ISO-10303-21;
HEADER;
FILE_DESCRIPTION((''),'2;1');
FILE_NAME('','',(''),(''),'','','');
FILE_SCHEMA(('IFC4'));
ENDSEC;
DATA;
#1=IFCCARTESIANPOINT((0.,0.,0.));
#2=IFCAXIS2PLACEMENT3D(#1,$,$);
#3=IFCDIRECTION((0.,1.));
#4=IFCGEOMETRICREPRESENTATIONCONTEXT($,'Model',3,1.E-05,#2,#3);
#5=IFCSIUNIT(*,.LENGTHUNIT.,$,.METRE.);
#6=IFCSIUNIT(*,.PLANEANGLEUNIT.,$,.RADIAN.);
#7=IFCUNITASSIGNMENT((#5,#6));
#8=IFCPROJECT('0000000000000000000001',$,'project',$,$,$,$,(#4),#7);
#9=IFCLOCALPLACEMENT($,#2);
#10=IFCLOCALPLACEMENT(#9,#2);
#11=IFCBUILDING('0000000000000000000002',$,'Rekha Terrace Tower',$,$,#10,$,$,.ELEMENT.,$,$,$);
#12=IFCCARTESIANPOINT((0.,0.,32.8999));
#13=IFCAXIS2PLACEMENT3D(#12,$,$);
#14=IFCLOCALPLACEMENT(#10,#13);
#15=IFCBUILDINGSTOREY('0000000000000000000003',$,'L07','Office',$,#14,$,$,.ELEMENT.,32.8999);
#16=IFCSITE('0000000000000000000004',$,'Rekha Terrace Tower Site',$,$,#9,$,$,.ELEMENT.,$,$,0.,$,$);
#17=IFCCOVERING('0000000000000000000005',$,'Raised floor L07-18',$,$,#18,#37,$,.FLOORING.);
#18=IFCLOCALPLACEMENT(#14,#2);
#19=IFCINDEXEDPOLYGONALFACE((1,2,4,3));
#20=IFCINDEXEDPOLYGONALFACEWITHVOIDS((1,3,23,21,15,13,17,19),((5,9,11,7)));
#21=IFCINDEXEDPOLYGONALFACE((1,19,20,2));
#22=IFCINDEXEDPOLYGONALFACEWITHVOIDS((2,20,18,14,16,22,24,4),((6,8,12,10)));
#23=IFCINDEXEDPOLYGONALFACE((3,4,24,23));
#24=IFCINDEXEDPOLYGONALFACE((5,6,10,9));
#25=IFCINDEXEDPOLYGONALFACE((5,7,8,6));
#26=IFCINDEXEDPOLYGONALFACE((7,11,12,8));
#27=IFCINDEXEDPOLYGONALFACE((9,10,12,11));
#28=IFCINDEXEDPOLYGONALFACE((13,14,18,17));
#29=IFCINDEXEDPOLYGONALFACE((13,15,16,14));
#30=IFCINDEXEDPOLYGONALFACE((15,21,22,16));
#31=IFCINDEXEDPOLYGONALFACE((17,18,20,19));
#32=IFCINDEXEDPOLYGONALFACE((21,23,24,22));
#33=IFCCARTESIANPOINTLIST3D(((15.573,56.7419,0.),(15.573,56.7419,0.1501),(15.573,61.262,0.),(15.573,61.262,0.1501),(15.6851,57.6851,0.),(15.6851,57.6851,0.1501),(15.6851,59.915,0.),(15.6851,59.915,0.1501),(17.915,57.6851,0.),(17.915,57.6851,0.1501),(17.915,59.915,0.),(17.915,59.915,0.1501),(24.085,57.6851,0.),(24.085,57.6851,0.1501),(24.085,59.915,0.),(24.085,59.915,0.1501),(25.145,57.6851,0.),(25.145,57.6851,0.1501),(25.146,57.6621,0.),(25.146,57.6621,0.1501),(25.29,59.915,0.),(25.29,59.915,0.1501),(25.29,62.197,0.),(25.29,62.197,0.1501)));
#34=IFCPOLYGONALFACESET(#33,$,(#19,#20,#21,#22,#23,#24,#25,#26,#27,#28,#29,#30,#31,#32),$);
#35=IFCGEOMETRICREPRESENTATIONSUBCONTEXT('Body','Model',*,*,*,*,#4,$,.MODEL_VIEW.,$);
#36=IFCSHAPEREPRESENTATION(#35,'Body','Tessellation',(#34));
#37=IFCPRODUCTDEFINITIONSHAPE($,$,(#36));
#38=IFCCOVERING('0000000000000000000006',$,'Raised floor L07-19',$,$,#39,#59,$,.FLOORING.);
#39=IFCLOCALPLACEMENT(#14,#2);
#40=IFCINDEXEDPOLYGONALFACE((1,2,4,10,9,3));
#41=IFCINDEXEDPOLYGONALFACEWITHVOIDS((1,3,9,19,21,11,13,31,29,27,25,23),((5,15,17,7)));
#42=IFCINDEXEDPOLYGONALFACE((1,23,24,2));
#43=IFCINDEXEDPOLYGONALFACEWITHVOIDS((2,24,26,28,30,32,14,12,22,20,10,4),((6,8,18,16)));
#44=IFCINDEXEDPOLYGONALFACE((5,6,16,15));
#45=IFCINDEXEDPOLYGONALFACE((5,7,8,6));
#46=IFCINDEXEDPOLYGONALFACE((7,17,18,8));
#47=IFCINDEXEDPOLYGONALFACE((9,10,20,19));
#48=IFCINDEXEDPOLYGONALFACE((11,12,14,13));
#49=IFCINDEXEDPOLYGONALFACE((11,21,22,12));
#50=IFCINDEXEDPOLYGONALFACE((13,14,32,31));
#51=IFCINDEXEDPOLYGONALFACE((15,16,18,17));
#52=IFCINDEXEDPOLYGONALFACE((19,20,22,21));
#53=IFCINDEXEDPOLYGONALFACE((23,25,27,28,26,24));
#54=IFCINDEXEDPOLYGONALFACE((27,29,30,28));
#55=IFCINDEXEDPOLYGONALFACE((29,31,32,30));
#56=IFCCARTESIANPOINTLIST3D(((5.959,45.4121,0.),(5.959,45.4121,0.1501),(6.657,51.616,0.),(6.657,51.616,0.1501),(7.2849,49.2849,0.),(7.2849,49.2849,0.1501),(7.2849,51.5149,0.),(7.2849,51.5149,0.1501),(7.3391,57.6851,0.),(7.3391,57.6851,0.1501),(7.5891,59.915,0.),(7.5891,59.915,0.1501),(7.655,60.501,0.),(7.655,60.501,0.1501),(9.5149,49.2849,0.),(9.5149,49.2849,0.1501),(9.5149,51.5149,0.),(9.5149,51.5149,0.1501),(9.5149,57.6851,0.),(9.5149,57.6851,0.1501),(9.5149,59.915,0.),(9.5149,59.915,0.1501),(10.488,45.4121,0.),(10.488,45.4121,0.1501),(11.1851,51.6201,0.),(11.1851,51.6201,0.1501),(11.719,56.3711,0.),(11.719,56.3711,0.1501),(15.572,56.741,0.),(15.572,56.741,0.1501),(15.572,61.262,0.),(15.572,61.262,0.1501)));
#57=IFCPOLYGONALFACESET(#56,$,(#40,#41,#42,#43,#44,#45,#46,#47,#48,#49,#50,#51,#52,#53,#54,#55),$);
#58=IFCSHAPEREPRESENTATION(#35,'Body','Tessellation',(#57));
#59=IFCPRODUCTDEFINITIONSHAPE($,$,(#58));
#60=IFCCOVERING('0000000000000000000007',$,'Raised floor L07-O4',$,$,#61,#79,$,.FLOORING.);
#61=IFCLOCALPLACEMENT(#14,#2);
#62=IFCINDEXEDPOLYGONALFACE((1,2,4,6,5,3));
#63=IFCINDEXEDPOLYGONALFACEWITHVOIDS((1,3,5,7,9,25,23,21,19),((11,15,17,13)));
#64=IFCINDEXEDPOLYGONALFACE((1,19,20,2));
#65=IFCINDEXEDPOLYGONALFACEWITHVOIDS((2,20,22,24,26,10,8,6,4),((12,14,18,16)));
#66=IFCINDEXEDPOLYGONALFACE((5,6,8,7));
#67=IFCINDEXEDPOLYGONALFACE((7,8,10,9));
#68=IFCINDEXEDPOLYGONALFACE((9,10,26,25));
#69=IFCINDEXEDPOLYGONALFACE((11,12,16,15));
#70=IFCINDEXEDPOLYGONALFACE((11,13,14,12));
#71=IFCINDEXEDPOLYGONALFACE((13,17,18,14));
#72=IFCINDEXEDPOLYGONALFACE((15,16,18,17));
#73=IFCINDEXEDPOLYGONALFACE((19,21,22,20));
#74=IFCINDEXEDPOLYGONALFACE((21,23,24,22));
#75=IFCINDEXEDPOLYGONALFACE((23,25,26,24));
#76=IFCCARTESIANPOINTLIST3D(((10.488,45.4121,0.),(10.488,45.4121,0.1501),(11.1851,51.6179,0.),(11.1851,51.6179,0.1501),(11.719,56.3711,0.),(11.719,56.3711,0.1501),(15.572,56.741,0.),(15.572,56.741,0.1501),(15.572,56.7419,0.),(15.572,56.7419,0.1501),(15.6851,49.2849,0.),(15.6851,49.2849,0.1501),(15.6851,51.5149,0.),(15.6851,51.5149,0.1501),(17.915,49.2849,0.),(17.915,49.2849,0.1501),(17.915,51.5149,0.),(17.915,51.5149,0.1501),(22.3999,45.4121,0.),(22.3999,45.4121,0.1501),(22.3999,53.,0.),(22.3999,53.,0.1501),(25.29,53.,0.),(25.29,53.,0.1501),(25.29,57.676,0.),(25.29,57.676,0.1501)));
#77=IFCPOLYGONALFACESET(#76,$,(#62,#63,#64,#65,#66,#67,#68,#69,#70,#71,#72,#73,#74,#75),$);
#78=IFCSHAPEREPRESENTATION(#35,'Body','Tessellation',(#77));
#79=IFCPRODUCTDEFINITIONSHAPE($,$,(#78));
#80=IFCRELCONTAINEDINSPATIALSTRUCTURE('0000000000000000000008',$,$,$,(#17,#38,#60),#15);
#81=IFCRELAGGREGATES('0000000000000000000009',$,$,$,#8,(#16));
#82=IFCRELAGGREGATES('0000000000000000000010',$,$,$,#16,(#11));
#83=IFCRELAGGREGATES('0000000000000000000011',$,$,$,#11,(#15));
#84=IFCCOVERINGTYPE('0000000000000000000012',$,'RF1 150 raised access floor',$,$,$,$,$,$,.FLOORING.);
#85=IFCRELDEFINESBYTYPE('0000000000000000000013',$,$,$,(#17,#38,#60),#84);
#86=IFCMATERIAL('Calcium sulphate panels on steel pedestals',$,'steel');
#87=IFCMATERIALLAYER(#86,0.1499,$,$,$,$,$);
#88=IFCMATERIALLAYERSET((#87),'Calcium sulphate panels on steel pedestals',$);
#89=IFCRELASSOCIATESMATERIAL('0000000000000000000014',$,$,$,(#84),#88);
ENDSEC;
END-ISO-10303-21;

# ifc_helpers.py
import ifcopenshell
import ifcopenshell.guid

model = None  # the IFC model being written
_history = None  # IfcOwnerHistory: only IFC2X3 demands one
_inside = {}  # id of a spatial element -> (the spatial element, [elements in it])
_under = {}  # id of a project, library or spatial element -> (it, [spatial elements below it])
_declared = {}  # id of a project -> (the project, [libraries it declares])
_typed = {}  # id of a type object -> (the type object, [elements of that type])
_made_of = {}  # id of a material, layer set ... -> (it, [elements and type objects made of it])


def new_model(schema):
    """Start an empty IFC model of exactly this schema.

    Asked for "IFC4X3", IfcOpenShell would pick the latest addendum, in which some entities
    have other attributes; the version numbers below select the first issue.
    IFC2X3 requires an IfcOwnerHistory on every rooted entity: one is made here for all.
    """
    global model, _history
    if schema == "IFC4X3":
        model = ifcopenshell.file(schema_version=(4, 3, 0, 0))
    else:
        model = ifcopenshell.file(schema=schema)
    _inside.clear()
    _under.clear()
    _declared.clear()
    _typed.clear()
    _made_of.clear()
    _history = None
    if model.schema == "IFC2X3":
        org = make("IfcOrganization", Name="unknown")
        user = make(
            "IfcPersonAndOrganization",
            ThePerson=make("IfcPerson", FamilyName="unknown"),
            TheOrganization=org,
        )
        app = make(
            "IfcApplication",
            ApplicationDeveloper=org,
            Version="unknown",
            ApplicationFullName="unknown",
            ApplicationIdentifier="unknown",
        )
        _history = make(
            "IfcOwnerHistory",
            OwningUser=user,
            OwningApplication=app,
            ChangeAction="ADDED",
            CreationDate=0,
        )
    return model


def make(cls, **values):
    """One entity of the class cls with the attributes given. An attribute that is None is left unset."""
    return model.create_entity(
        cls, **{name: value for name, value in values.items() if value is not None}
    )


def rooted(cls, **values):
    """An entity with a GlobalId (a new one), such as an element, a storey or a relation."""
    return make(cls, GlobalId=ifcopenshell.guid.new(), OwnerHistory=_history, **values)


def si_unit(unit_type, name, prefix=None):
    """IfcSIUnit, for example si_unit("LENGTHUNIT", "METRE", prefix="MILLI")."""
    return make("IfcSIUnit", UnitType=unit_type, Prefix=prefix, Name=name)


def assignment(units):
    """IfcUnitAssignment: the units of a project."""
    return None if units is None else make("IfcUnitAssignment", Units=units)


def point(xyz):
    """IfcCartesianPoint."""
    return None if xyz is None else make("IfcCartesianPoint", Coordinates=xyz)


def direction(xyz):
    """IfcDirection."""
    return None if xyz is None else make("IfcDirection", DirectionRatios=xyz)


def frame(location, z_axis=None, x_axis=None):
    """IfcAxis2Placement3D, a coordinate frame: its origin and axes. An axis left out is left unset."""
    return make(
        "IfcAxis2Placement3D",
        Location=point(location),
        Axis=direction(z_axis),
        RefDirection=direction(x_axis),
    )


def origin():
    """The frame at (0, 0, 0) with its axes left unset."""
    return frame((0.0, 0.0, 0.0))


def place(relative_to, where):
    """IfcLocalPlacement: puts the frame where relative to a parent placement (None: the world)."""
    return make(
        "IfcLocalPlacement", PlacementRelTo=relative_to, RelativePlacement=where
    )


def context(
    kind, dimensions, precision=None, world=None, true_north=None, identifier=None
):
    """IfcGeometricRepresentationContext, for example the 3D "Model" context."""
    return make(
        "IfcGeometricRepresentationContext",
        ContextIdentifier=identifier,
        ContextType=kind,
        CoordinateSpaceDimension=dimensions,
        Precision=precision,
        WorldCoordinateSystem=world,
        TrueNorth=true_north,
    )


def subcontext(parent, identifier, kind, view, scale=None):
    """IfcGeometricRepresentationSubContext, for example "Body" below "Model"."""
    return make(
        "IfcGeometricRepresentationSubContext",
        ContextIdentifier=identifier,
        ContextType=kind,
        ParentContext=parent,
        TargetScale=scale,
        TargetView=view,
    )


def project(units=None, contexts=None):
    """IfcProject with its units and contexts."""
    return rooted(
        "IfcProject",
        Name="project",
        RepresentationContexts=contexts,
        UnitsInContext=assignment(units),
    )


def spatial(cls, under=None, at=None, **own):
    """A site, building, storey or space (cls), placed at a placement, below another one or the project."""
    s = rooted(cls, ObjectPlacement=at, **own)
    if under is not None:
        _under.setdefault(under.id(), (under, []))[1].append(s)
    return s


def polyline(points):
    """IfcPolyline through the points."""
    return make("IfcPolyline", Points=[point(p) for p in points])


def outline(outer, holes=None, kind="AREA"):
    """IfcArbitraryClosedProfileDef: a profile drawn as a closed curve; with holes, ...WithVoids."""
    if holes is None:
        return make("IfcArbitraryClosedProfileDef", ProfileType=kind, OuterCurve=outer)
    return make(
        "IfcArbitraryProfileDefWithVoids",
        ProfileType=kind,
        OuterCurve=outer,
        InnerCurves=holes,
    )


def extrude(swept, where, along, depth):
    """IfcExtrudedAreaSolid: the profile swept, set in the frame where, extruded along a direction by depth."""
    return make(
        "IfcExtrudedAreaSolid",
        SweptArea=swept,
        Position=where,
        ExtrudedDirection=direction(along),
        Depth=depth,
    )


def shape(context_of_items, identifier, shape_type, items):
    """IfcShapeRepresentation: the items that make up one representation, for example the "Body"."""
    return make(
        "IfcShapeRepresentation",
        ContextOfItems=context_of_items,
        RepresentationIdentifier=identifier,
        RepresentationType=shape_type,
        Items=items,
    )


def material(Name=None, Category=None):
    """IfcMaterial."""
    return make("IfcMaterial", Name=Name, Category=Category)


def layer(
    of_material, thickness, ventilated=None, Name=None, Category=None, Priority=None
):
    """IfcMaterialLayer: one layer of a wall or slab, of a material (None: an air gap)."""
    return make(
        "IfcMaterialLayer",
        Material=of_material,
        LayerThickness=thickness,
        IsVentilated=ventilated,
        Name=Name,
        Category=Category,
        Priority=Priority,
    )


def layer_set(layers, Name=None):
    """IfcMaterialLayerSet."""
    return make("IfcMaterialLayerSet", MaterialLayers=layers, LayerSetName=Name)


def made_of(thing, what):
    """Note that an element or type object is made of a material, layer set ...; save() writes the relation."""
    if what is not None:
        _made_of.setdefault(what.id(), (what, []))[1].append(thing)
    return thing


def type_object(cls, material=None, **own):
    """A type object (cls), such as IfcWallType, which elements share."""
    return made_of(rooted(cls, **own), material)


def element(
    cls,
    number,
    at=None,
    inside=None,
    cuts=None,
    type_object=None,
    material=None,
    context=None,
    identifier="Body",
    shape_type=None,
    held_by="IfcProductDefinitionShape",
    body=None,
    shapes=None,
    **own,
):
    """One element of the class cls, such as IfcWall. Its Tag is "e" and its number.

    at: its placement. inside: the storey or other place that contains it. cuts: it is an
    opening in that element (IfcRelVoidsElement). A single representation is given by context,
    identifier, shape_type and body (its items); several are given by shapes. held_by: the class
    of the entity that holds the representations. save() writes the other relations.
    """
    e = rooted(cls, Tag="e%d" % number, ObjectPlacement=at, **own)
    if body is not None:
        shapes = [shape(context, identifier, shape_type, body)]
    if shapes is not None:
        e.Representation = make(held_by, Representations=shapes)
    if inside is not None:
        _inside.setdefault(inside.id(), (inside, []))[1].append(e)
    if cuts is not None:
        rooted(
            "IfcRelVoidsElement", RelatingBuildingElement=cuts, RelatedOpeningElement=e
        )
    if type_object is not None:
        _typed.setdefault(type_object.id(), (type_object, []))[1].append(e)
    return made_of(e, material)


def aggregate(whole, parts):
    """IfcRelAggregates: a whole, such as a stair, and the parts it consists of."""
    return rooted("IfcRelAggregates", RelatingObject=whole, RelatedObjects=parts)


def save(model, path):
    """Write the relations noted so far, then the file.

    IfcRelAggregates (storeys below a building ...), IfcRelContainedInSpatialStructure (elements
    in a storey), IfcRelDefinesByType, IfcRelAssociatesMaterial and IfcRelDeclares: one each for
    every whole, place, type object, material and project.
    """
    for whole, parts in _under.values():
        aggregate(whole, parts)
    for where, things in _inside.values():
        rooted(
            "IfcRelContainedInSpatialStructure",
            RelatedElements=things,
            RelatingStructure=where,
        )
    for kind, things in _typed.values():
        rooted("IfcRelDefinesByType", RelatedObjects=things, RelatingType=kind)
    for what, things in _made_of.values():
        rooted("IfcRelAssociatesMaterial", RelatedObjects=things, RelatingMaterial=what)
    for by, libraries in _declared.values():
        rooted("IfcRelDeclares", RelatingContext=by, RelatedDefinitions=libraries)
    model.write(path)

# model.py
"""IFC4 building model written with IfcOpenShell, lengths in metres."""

from ifc_helpers import new_model, si_unit, direction, frame, origin, place, context, subcontext, project, spatial, polyline, outline, extrude, material, layer, layer_set, type_object, element, save


model = new_model("IFC4")

# Units and contexts
model_context = context("Model", 3, precision=1e-05, world=origin(), true_north=direction((0.0, 1.0)))
body_context = subcontext(model_context, "Body", "Model", "MODEL_VIEW")
ifc_project = project(units=[si_unit("LENGTHUNIT", "METRE"), si_unit("PLANEANGLEUNIT", "RADIAN")], contexts=[model_context])

# Site, building, storey
site_placement = place(None, origin())
site = spatial("IfcSite", under=ifc_project, at=site_placement, Name="Rekha Terrace Tower Site", CompositionType="ELEMENT", RefElevation=0.0)
building_placement = place(site_placement, origin())
building = spatial("IfcBuilding", under=site, at=building_placement, Name="Rekha Terrace Tower", CompositionType="ELEMENT")
storey_placement = place(building_placement, frame((0.0, 0.0, 32.8999)))
storey = spatial("IfcBuildingStorey", under=building, at=storey_placement, Name="L07", Description="Office", CompositionType="ELEMENT", Elevation=32.8999)

# Coverings
ifc_material_1 = material(Name="Calcium sulphate panels on steel pedestals", Category="steel")
ifc_layer_1 = layer(ifc_material_1, 0.1499)
ifc_layer_set_1 = layer_set([ifc_layer_1], Name="Calcium sulphate panels on steel pedestals")
covering_type_1 = type_object("IfcCoveringType", Name="RF1 150 raised access floor", PredefinedType="FLOORING", material=ifc_layer_set_1)
covering_1_placement = place(storey_placement, origin())
element("IfcCovering", 1, at=covering_1_placement, inside=storey, type_object=covering_type_1, Name="Raised floor L07-18", PredefinedType="FLOORING", context=body_context, shape_type="SweptSolid", body=[
    extrude(outline(polyline([(25.146, 57.6621), (25.145, 57.6851), (24.085, 57.6851), (24.085, 59.915), (25.29, 59.915), (25.29, 62.197), (15.573, 61.262), (15.573, 56.7419), (25.146, 57.6621)]), holes=[polyline([(17.915, 57.6851), (15.6851, 57.6851), (15.6851, 59.915), (17.915, 59.915), (17.915, 57.6851)])]), origin(), (0.0, 0.0, 1.0), 0.1501),
])
covering_2_placement = place(storey_placement, origin())
element("IfcCovering", 2, at=covering_2_placement, inside=storey, type_object=covering_type_1, Name="Raised floor L07-19", PredefinedType="FLOORING", context=body_context, shape_type="SweptSolid", body=[
    extrude(outline(polyline([(9.5149, 57.6851), (7.3391, 57.6851), (6.657, 51.616), (5.959, 45.4121), (10.488, 45.4121), (11.1851, 51.6201), (11.719, 56.3711), (15.572, 56.741), (15.572, 61.262), (7.655, 60.501), (7.5891, 59.915), (9.5149, 59.915), (9.5149, 57.6851)]), holes=[polyline([(9.5149, 51.5149), (9.5149, 49.2849), (7.2849, 49.2849), (7.2849, 51.5149), (9.5149, 51.5149)])]), origin(), (0.0, 0.0, 1.0), 0.1501),
])
covering_3_placement = place(storey_placement, origin())
element("IfcCovering", 3, at=covering_3_placement, inside=storey, type_object=covering_type_1, Name="Raised floor L07-O4", PredefinedType="FLOORING", context=body_context, shape_type="SweptSolid", body=[
    extrude(outline(polyline([(11.719, 56.3711), (11.1851, 51.6179), (10.488, 45.4121), (22.3999, 45.4121), (22.3999, 53.0), (25.29, 53.0), (25.29, 57.676), (15.572, 56.7419), (15.572, 56.741), (11.719, 56.3711)]), holes=[polyline([(17.915, 49.2849), (15.6851, 49.2849), (15.6851, 51.5149), (17.915, 51.5149), (17.915, 49.2849)])]), origin(), (0.0, 0.0, 1.0), 0.1501),
])

save(model, "model.ifc")
